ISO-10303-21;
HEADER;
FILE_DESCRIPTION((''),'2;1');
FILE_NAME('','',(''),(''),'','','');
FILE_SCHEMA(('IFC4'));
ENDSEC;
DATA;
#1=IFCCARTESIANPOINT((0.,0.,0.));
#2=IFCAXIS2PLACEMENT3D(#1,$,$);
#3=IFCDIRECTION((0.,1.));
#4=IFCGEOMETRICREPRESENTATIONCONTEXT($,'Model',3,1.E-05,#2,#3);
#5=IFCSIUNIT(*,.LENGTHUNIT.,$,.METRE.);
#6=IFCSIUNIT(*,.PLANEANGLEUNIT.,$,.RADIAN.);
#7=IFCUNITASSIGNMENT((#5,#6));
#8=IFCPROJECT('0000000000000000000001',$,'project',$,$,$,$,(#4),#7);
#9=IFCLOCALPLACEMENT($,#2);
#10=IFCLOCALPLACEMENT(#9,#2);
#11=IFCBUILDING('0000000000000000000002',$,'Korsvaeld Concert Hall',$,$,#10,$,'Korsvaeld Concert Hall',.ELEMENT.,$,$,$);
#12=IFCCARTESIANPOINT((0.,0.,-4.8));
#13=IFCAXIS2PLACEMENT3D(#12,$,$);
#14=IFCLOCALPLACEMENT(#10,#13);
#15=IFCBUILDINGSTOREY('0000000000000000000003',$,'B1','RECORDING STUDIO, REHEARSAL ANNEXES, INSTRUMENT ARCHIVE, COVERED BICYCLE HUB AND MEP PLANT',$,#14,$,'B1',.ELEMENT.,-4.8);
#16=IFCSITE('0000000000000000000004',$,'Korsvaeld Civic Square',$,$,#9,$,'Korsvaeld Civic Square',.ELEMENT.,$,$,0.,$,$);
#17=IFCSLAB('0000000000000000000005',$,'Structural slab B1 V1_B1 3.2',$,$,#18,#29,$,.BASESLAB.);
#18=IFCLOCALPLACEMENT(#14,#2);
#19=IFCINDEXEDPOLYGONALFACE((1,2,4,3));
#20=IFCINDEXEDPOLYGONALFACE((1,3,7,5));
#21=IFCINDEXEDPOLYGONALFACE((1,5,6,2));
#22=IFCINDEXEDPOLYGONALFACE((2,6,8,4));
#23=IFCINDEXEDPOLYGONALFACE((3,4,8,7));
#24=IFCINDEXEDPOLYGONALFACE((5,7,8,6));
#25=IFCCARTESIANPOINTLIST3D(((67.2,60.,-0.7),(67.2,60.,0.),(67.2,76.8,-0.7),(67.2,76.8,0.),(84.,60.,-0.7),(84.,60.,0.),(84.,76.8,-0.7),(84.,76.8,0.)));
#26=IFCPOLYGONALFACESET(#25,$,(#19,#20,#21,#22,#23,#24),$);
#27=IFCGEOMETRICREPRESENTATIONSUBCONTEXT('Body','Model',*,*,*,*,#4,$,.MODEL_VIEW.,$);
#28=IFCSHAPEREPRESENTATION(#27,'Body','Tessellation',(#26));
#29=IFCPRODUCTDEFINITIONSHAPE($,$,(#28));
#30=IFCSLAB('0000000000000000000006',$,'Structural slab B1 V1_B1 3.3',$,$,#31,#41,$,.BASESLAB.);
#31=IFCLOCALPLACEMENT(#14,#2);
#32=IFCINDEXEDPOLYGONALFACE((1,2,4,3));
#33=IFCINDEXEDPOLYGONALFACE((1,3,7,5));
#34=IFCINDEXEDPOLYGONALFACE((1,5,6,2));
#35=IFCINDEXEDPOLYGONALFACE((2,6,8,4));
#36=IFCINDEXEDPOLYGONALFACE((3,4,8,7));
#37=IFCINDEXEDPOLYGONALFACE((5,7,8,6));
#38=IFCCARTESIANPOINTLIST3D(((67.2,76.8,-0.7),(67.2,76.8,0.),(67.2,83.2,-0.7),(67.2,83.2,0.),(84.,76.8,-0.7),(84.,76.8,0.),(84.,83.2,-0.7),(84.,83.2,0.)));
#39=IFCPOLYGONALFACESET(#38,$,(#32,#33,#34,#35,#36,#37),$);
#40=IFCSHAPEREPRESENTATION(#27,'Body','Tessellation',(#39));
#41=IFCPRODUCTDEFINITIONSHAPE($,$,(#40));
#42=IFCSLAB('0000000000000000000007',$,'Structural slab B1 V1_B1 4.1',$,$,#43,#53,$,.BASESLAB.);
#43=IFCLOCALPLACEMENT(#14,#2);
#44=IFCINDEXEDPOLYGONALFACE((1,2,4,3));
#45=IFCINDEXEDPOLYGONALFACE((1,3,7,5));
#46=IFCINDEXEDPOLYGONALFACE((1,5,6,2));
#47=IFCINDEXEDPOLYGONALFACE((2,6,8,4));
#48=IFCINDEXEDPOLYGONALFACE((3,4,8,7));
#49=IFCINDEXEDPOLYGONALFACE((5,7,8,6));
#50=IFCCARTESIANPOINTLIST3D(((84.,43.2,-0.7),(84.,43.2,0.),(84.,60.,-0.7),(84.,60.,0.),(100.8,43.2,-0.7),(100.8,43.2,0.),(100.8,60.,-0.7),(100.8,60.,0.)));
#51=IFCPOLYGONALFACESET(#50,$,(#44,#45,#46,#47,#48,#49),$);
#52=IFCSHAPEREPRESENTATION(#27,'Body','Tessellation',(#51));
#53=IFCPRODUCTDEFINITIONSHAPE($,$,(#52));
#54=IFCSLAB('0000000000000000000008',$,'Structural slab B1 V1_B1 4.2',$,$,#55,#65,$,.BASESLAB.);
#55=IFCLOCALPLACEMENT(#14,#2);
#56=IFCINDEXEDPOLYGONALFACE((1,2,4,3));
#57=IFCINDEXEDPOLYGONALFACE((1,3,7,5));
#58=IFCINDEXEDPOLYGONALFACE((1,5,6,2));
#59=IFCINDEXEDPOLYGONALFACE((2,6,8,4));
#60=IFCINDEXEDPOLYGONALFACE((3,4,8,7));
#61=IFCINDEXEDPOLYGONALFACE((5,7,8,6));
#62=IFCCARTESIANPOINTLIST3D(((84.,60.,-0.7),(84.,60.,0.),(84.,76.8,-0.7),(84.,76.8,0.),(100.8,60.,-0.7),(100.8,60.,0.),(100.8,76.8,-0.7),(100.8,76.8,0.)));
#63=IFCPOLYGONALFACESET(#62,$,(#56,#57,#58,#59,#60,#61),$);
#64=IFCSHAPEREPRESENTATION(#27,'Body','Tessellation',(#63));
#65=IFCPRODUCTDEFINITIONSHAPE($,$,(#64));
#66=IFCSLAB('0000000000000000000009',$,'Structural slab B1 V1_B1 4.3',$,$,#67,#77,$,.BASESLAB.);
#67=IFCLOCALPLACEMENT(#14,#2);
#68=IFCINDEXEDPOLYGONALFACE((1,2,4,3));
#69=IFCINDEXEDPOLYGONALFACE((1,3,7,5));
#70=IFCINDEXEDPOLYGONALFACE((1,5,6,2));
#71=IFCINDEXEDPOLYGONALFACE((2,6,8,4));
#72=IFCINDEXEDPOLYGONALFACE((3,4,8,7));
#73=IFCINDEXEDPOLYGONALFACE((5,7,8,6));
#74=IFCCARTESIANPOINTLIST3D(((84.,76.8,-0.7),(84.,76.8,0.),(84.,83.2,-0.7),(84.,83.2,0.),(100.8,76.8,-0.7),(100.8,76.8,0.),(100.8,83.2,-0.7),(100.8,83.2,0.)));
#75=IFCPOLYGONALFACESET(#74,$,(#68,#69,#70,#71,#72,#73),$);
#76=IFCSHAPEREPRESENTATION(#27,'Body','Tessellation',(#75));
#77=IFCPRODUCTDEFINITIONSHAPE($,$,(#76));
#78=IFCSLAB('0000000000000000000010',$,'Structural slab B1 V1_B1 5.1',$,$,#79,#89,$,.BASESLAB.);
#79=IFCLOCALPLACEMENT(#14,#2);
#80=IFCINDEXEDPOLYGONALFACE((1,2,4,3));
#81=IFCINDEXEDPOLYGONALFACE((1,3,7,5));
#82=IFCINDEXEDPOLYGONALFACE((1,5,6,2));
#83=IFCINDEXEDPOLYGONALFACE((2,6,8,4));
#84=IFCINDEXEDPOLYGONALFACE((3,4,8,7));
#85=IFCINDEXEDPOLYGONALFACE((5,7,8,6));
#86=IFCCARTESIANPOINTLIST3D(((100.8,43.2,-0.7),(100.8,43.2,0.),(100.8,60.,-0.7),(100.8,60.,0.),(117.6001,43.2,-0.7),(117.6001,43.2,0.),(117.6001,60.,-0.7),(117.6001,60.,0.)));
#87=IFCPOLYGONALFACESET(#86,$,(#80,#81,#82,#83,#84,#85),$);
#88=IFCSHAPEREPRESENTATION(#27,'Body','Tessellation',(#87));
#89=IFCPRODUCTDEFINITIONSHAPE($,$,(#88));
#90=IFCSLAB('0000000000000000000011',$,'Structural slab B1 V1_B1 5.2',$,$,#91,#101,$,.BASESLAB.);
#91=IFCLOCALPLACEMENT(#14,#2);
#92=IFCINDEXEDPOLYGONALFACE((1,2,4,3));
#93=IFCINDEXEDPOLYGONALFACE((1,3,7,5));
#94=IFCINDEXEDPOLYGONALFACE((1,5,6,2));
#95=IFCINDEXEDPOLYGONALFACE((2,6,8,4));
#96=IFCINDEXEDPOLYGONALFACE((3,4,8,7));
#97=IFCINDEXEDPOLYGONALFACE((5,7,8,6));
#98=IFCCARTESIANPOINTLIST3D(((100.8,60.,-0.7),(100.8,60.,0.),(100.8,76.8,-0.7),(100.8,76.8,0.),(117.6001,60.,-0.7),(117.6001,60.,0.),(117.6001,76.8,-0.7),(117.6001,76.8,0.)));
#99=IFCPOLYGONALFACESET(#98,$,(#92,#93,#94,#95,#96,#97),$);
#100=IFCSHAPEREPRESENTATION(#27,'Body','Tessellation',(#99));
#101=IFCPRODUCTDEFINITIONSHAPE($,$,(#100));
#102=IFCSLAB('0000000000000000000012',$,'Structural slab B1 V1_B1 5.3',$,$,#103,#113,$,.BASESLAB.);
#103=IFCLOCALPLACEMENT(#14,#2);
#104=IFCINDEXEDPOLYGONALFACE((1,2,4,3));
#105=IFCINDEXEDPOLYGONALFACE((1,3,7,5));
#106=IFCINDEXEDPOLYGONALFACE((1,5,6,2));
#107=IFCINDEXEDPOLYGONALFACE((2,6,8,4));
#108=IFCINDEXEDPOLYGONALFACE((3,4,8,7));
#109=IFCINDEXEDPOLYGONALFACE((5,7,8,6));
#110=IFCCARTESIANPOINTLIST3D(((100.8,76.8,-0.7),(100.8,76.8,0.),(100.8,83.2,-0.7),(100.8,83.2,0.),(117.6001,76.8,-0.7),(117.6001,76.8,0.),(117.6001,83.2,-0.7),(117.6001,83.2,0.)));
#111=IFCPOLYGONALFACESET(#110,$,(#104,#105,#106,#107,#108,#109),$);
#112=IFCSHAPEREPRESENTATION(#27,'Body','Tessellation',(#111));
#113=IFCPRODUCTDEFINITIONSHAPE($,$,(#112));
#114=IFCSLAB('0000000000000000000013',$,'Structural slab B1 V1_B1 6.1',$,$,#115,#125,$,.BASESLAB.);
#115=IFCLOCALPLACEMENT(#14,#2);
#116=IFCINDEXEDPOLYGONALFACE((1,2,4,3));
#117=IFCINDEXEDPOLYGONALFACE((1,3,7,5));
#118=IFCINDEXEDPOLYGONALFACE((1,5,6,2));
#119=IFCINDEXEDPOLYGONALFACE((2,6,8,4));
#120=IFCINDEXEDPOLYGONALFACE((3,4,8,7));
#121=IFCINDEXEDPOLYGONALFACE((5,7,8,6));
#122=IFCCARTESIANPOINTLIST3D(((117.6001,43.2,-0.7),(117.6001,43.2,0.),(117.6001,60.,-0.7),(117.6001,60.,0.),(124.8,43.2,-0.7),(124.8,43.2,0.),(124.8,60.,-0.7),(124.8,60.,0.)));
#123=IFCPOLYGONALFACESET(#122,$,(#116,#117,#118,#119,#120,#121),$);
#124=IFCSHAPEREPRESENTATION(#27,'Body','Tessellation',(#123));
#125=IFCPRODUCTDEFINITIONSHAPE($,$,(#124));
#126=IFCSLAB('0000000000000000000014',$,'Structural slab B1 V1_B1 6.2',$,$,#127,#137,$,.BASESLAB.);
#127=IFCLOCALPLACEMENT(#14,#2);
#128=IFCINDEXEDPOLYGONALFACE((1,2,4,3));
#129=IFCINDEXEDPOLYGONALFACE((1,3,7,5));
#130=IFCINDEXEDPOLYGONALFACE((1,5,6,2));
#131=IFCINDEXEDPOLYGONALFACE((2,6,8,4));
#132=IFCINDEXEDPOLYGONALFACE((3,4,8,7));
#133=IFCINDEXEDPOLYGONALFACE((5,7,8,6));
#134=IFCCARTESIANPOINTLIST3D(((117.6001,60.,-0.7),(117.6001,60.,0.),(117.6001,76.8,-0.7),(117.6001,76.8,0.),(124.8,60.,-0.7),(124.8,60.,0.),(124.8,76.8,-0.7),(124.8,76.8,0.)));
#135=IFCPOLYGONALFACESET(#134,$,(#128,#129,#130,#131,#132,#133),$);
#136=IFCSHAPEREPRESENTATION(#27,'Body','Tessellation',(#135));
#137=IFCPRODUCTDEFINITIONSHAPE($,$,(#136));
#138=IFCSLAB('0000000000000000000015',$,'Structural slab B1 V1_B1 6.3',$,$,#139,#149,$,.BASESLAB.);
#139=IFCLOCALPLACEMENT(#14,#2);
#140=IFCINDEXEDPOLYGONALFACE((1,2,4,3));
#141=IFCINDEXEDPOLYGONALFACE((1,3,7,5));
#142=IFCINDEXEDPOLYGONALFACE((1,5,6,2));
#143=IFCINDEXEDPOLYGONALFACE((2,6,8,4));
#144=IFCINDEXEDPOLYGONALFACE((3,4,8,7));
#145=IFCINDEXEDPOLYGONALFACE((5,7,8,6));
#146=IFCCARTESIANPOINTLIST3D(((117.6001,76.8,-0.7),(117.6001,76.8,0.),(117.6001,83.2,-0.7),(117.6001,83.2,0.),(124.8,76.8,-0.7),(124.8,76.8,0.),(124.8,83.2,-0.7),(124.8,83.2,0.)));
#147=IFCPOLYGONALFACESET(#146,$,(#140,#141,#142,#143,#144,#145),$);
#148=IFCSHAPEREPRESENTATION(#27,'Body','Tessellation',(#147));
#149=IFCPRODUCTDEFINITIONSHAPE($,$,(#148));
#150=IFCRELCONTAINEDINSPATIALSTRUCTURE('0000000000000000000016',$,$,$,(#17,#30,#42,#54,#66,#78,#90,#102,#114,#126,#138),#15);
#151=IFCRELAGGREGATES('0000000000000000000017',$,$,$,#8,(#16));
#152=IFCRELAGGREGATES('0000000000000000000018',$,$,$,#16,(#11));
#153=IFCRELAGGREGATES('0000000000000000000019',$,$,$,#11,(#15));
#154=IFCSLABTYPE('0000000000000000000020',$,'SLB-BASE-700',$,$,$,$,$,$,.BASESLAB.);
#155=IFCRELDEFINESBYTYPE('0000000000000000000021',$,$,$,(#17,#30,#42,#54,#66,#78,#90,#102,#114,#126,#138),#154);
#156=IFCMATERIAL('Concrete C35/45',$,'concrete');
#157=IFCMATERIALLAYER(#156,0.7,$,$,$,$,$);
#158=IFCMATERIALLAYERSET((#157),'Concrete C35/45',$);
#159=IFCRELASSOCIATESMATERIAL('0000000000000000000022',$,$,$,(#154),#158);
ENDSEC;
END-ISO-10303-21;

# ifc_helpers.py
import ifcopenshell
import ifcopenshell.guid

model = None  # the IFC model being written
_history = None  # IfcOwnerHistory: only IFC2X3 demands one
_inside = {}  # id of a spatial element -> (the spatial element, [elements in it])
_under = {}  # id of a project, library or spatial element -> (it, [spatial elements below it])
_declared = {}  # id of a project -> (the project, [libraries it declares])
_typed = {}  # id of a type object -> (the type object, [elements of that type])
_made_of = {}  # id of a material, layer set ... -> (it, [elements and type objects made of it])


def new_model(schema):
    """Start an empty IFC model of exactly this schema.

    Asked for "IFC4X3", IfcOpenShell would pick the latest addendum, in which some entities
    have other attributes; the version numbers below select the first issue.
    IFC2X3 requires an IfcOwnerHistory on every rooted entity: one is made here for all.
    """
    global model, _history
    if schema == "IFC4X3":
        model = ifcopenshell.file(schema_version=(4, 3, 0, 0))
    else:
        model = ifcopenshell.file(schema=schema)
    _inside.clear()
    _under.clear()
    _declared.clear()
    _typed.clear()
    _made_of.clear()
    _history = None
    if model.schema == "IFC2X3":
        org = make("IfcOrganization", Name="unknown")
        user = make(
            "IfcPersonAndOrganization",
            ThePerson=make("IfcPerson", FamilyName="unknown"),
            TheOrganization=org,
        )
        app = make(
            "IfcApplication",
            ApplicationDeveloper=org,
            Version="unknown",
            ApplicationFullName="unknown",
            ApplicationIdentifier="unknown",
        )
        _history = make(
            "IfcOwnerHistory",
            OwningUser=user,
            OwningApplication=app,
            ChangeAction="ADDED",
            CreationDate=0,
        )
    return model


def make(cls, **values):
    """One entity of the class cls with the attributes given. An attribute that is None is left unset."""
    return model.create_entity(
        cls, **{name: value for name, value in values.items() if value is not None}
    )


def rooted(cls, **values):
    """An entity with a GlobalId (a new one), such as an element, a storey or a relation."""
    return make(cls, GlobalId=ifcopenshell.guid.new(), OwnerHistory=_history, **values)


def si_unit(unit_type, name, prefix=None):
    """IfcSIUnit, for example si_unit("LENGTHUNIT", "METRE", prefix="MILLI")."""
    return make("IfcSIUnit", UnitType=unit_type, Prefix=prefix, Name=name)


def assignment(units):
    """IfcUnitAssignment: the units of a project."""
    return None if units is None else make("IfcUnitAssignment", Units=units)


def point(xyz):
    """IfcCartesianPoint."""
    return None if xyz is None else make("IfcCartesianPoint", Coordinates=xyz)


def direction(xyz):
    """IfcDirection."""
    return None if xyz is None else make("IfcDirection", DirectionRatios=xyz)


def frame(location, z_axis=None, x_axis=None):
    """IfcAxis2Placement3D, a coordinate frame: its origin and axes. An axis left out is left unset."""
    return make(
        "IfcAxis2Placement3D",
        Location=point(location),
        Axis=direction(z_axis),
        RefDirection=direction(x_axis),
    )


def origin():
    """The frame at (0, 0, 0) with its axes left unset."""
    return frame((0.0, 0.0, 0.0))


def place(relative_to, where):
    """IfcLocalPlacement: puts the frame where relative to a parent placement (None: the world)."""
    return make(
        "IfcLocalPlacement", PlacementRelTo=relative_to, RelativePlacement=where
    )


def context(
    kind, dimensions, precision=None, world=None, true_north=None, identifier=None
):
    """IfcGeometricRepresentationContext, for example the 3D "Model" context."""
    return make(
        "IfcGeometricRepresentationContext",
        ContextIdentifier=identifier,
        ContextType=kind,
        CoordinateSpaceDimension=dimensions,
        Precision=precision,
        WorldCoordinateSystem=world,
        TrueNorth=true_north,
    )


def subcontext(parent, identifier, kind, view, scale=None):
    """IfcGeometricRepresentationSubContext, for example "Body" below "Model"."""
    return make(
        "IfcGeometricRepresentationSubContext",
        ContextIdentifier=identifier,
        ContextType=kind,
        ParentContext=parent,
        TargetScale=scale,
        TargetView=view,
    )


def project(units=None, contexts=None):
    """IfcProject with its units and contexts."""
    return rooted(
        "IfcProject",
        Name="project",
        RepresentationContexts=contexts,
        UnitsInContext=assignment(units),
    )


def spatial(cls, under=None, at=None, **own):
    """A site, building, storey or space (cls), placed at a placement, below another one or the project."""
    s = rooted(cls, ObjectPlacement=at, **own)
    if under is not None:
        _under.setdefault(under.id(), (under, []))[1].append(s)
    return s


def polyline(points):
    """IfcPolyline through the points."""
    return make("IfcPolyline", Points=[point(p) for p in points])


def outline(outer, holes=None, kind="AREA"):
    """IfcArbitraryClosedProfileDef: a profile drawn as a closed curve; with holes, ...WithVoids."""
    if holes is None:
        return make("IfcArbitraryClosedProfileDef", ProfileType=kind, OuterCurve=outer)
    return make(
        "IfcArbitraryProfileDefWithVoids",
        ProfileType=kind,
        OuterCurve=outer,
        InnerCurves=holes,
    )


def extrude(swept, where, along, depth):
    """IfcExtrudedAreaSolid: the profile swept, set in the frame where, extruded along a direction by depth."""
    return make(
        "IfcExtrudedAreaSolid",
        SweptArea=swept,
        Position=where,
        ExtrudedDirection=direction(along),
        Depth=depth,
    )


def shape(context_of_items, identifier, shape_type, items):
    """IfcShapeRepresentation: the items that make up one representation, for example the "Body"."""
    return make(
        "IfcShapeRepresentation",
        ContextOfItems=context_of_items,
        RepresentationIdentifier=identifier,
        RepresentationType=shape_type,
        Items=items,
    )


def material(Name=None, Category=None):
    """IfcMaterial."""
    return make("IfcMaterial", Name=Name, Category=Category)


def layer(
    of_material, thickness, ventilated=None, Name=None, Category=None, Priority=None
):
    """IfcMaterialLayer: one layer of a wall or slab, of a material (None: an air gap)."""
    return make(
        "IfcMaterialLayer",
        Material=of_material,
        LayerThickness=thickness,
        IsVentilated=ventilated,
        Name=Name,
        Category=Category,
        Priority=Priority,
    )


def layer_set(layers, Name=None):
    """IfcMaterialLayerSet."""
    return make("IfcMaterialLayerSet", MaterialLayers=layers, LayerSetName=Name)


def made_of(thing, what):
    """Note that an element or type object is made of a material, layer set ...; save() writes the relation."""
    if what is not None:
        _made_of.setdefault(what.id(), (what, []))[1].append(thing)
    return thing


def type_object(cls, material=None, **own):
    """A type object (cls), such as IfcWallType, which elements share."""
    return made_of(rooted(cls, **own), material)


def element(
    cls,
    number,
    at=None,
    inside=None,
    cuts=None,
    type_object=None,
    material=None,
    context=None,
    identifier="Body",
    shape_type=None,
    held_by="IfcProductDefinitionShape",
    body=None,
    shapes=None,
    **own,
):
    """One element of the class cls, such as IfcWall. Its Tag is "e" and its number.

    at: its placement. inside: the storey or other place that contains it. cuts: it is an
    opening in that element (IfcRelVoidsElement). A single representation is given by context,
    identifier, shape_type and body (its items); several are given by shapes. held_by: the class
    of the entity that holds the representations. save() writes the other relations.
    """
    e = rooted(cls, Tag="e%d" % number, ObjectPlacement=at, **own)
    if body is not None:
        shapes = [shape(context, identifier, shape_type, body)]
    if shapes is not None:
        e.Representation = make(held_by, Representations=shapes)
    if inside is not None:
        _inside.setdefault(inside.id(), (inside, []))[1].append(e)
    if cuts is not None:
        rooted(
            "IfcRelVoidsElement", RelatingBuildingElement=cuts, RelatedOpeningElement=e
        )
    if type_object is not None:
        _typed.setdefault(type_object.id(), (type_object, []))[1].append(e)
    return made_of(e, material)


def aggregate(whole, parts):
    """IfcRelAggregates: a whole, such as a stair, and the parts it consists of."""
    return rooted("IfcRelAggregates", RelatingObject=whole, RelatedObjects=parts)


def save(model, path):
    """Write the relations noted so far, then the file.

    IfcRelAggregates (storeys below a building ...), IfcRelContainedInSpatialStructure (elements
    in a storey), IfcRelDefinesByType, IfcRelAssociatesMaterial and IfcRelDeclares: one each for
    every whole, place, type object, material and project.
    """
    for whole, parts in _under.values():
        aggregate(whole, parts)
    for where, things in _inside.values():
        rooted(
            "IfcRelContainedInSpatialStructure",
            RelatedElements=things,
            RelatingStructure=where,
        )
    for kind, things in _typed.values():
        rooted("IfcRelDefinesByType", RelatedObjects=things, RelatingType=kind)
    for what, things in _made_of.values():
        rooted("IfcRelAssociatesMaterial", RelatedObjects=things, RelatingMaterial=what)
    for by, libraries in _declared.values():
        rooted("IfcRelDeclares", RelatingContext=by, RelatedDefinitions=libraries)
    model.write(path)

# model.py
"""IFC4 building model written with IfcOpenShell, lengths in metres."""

from ifc_helpers import new_model, si_unit, direction, frame, origin, place, context, subcontext, project, spatial, polyline, outline, extrude, material, layer, layer_set, type_object, element, save


model = new_model("IFC4")

# Units and contexts
model_context = context("Model", 3, precision=1e-05, world=origin(), true_north=direction((0.0, 1.0)))
body_context = subcontext(model_context, "Body", "Model", "MODEL_VIEW")
ifc_project = project(units=[si_unit("LENGTHUNIT", "METRE"), si_unit("PLANEANGLEUNIT", "RADIAN")], contexts=[model_context])

# Site, building, storey
site_placement = place(None, origin())
site = spatial("IfcSite", under=ifc_project, at=site_placement, Name="Korsvaeld Civic Square", LongName="Korsvaeld Civic Square", CompositionType="ELEMENT", RefElevation=0.0)
building_placement = place(site_placement, origin())
building = spatial("IfcBuilding", under=site, at=building_placement, Name="Korsvaeld Concert Hall", LongName="Korsvaeld Concert Hall", CompositionType="ELEMENT")
storey_placement = place(building_placement, frame((0.0, 0.0, -4.8)))
storey = spatial("IfcBuildingStorey", under=building, at=storey_placement, Name="B1", Description="RECORDING STUDIO, REHEARSAL ANNEXES, INSTRUMENT ARCHIVE, COVERED BICYCLE HUB AND MEP PLANT", LongName="B1", CompositionType="ELEMENT", Elevation=-4.8)

# Shared definitions
ifc_material = material(Name="Concrete C35/45", Category="concrete")

# Slabs
ifc_layer = layer(ifc_material, 0.7)
ifc_layer_set = layer_set([ifc_layer], Name="Concrete C35/45")
slab_type = type_object("IfcSlabType", Name="SLB-BASE-700", PredefinedType="BASESLAB", material=ifc_layer_set)
slab_1_placement = place(storey_placement, frame((0.0, 0.0, -0.7)))
element("IfcSlab", 1, at=slab_1_placement, inside=storey, type_object=slab_type, Name="Structural slab B1 V1_B1 3.2", PredefinedType="BASESLAB", context=body_context, shape_type="SweptSolid", body=[
    extrude(outline(polyline([(84.0, 60.0), (84.0, 76.8), (67.2, 76.8), (67.2, 60.0), (84.0, 60.0)])), origin(), (0.0, 0.0, 1.0), 0.7),
])
slab_2_placement = place(storey_placement, frame((0.0, 0.0, -0.7)))
element("IfcSlab", 2, at=slab_2_placement, inside=storey, type_object=slab_type, Name="Structural slab B1 V1_B1 3.3", PredefinedType="BASESLAB", context=body_context, shape_type="SweptSolid", body=[
    extrude(outline(polyline([(84.0, 76.8), (84.0, 83.2), (67.2, 83.2), (67.2, 76.8), (84.0, 76.8)])), origin(), (0.0, 0.0, 1.0), 0.7),
])
slab_3_placement = place(storey_placement, frame((0.0, 0.0, -0.7)))
element("IfcSlab", 3, at=slab_3_placement, inside=storey, type_object=slab_type, Name="Structural slab B1 V1_B1 4.1", PredefinedType="BASESLAB", context=body_context, shape_type="SweptSolid", body=[
    extrude(outline(polyline([(100.8, 43.2), (100.8, 60.0), (84.0, 60.0), (84.0, 43.2), (100.8, 43.2)])), origin(), (0.0, 0.0, 1.0), 0.7),
])
slab_4_placement = place(storey_placement, frame((0.0, 0.0, -0.7)))
element("IfcSlab", 4, at=slab_4_placement, inside=storey, type_object=slab_type, Name="Structural slab B1 V1_B1 4.2", PredefinedType="BASESLAB", context=body_context, shape_type="SweptSolid", body=[
    extrude(outline(polyline([(100.8, 60.0), (100.8, 76.8), (84.0, 76.8), (84.0, 60.0), (100.8, 60.0)])), origin(), (0.0, 0.0, 1.0), 0.7),
])
slab_5_placement = place(storey_placement, frame((0.0, 0.0, -0.7)))
element("IfcSlab", 5, at=slab_5_placement, inside=storey, type_object=slab_type, Name="Structural slab B1 V1_B1 4.3", PredefinedType="BASESLAB", context=body_context, shape_type="SweptSolid", body=[
    extrude(outline(polyline([(100.8, 76.8), (100.8, 83.2), (84.0, 83.2), (84.0, 76.8), (100.8, 76.8)])), origin(), (0.0, 0.0, 1.0), 0.7),
])
slab_6_placement = place(storey_placement, frame((0.0, 0.0, -0.7)))
element("IfcSlab", 6, at=slab_6_placement, inside=storey, type_object=slab_type, Name="Structural slab B1 V1_B1 5.1", PredefinedType="BASESLAB", context=body_context, shape_type="SweptSolid", body=[
    extrude(outline(polyline([(117.6001, 43.2), (117.6001, 60.0), (100.8, 60.0), (100.8, 43.2), (117.6001, 43.2)])), origin(), (0.0, 0.0, 1.0), 0.7),
])
slab_7_placement = place(storey_placement, frame((0.0, 0.0, -0.7)))
element("IfcSlab", 7, at=slab_7_placement, inside=storey, type_object=slab_type, Name="Structural slab B1 V1_B1 5.2", PredefinedType="BASESLAB", context=body_context, shape_type="SweptSolid", body=[
    extrude(outline(polyline([(117.6001, 60.0), (117.6001, 76.8), (100.8, 76.8), (100.8, 60.0), (117.6001, 60.0)])), origin(), (0.0, 0.0, 1.0), 0.7),
])
slab_8_placement = place(storey_placement, frame((0.0, 0.0, -0.7)))
element("IfcSlab", 8, at=slab_8_placement, inside=storey, type_object=slab_type, Name="Structural slab B1 V1_B1 5.3", PredefinedType="BASESLAB", context=body_context, shape_type="SweptSolid", body=[
    extrude(outline(polyline([(117.6001, 76.8), (117.6001, 83.2), (100.8, 83.2), (100.8, 76.8), (117.6001, 76.8)])), origin(), (0.0, 0.0, 1.0), 0.7),
])
slab_9_placement = place(storey_placement, frame((0.0, 0.0, -0.7)))
element("IfcSlab", 9, at=slab_9_placement, inside=storey, type_object=slab_type, Name="Structural slab B1 V1_B1 6.1", PredefinedType="BASESLAB", context=body_context, shape_type="SweptSolid", body=[
    extrude(outline(polyline([(124.8, 43.2), (124.8, 60.0), (117.6001, 60.0), (117.6001, 43.2), (124.8, 43.2)])), origin(), (0.0, 0.0, 1.0), 0.7),
])
slab_10_placement = place(storey_placement, frame((0.0, 0.0, -0.7)))
element("IfcSlab", 10, at=slab_10_placement, inside=storey, type_object=slab_type, Name="Structural slab B1 V1_B1 6.2", PredefinedType="BASESLAB", context=body_context, shape_type="SweptSolid", body=[
    extrude(outline(polyline([(124.8, 60.0), (124.8, 76.8), (117.6001, 76.8), (117.6001, 60.0), (124.8, 60.0)])), origin(), (0.0, 0.0, 1.0), 0.7),
])
slab_11_placement = place(storey_placement, frame((0.0, 0.0, -0.7)))
element("IfcSlab", 11, at=slab_11_placement, inside=storey, type_object=slab_type, Name="Structural slab B1 V1_B1 6.3", PredefinedType="BASESLAB", context=body_context, shape_type="SweptSolid", body=[
    extrude(outline(polyline([(124.8, 76.8), (124.8, 83.2), (117.6001, 83.2), (117.6001, 76.8), (124.8, 76.8)])), origin(), (0.0, 0.0, 1.0), 0.7),
])

save(model, "model.ifc")
